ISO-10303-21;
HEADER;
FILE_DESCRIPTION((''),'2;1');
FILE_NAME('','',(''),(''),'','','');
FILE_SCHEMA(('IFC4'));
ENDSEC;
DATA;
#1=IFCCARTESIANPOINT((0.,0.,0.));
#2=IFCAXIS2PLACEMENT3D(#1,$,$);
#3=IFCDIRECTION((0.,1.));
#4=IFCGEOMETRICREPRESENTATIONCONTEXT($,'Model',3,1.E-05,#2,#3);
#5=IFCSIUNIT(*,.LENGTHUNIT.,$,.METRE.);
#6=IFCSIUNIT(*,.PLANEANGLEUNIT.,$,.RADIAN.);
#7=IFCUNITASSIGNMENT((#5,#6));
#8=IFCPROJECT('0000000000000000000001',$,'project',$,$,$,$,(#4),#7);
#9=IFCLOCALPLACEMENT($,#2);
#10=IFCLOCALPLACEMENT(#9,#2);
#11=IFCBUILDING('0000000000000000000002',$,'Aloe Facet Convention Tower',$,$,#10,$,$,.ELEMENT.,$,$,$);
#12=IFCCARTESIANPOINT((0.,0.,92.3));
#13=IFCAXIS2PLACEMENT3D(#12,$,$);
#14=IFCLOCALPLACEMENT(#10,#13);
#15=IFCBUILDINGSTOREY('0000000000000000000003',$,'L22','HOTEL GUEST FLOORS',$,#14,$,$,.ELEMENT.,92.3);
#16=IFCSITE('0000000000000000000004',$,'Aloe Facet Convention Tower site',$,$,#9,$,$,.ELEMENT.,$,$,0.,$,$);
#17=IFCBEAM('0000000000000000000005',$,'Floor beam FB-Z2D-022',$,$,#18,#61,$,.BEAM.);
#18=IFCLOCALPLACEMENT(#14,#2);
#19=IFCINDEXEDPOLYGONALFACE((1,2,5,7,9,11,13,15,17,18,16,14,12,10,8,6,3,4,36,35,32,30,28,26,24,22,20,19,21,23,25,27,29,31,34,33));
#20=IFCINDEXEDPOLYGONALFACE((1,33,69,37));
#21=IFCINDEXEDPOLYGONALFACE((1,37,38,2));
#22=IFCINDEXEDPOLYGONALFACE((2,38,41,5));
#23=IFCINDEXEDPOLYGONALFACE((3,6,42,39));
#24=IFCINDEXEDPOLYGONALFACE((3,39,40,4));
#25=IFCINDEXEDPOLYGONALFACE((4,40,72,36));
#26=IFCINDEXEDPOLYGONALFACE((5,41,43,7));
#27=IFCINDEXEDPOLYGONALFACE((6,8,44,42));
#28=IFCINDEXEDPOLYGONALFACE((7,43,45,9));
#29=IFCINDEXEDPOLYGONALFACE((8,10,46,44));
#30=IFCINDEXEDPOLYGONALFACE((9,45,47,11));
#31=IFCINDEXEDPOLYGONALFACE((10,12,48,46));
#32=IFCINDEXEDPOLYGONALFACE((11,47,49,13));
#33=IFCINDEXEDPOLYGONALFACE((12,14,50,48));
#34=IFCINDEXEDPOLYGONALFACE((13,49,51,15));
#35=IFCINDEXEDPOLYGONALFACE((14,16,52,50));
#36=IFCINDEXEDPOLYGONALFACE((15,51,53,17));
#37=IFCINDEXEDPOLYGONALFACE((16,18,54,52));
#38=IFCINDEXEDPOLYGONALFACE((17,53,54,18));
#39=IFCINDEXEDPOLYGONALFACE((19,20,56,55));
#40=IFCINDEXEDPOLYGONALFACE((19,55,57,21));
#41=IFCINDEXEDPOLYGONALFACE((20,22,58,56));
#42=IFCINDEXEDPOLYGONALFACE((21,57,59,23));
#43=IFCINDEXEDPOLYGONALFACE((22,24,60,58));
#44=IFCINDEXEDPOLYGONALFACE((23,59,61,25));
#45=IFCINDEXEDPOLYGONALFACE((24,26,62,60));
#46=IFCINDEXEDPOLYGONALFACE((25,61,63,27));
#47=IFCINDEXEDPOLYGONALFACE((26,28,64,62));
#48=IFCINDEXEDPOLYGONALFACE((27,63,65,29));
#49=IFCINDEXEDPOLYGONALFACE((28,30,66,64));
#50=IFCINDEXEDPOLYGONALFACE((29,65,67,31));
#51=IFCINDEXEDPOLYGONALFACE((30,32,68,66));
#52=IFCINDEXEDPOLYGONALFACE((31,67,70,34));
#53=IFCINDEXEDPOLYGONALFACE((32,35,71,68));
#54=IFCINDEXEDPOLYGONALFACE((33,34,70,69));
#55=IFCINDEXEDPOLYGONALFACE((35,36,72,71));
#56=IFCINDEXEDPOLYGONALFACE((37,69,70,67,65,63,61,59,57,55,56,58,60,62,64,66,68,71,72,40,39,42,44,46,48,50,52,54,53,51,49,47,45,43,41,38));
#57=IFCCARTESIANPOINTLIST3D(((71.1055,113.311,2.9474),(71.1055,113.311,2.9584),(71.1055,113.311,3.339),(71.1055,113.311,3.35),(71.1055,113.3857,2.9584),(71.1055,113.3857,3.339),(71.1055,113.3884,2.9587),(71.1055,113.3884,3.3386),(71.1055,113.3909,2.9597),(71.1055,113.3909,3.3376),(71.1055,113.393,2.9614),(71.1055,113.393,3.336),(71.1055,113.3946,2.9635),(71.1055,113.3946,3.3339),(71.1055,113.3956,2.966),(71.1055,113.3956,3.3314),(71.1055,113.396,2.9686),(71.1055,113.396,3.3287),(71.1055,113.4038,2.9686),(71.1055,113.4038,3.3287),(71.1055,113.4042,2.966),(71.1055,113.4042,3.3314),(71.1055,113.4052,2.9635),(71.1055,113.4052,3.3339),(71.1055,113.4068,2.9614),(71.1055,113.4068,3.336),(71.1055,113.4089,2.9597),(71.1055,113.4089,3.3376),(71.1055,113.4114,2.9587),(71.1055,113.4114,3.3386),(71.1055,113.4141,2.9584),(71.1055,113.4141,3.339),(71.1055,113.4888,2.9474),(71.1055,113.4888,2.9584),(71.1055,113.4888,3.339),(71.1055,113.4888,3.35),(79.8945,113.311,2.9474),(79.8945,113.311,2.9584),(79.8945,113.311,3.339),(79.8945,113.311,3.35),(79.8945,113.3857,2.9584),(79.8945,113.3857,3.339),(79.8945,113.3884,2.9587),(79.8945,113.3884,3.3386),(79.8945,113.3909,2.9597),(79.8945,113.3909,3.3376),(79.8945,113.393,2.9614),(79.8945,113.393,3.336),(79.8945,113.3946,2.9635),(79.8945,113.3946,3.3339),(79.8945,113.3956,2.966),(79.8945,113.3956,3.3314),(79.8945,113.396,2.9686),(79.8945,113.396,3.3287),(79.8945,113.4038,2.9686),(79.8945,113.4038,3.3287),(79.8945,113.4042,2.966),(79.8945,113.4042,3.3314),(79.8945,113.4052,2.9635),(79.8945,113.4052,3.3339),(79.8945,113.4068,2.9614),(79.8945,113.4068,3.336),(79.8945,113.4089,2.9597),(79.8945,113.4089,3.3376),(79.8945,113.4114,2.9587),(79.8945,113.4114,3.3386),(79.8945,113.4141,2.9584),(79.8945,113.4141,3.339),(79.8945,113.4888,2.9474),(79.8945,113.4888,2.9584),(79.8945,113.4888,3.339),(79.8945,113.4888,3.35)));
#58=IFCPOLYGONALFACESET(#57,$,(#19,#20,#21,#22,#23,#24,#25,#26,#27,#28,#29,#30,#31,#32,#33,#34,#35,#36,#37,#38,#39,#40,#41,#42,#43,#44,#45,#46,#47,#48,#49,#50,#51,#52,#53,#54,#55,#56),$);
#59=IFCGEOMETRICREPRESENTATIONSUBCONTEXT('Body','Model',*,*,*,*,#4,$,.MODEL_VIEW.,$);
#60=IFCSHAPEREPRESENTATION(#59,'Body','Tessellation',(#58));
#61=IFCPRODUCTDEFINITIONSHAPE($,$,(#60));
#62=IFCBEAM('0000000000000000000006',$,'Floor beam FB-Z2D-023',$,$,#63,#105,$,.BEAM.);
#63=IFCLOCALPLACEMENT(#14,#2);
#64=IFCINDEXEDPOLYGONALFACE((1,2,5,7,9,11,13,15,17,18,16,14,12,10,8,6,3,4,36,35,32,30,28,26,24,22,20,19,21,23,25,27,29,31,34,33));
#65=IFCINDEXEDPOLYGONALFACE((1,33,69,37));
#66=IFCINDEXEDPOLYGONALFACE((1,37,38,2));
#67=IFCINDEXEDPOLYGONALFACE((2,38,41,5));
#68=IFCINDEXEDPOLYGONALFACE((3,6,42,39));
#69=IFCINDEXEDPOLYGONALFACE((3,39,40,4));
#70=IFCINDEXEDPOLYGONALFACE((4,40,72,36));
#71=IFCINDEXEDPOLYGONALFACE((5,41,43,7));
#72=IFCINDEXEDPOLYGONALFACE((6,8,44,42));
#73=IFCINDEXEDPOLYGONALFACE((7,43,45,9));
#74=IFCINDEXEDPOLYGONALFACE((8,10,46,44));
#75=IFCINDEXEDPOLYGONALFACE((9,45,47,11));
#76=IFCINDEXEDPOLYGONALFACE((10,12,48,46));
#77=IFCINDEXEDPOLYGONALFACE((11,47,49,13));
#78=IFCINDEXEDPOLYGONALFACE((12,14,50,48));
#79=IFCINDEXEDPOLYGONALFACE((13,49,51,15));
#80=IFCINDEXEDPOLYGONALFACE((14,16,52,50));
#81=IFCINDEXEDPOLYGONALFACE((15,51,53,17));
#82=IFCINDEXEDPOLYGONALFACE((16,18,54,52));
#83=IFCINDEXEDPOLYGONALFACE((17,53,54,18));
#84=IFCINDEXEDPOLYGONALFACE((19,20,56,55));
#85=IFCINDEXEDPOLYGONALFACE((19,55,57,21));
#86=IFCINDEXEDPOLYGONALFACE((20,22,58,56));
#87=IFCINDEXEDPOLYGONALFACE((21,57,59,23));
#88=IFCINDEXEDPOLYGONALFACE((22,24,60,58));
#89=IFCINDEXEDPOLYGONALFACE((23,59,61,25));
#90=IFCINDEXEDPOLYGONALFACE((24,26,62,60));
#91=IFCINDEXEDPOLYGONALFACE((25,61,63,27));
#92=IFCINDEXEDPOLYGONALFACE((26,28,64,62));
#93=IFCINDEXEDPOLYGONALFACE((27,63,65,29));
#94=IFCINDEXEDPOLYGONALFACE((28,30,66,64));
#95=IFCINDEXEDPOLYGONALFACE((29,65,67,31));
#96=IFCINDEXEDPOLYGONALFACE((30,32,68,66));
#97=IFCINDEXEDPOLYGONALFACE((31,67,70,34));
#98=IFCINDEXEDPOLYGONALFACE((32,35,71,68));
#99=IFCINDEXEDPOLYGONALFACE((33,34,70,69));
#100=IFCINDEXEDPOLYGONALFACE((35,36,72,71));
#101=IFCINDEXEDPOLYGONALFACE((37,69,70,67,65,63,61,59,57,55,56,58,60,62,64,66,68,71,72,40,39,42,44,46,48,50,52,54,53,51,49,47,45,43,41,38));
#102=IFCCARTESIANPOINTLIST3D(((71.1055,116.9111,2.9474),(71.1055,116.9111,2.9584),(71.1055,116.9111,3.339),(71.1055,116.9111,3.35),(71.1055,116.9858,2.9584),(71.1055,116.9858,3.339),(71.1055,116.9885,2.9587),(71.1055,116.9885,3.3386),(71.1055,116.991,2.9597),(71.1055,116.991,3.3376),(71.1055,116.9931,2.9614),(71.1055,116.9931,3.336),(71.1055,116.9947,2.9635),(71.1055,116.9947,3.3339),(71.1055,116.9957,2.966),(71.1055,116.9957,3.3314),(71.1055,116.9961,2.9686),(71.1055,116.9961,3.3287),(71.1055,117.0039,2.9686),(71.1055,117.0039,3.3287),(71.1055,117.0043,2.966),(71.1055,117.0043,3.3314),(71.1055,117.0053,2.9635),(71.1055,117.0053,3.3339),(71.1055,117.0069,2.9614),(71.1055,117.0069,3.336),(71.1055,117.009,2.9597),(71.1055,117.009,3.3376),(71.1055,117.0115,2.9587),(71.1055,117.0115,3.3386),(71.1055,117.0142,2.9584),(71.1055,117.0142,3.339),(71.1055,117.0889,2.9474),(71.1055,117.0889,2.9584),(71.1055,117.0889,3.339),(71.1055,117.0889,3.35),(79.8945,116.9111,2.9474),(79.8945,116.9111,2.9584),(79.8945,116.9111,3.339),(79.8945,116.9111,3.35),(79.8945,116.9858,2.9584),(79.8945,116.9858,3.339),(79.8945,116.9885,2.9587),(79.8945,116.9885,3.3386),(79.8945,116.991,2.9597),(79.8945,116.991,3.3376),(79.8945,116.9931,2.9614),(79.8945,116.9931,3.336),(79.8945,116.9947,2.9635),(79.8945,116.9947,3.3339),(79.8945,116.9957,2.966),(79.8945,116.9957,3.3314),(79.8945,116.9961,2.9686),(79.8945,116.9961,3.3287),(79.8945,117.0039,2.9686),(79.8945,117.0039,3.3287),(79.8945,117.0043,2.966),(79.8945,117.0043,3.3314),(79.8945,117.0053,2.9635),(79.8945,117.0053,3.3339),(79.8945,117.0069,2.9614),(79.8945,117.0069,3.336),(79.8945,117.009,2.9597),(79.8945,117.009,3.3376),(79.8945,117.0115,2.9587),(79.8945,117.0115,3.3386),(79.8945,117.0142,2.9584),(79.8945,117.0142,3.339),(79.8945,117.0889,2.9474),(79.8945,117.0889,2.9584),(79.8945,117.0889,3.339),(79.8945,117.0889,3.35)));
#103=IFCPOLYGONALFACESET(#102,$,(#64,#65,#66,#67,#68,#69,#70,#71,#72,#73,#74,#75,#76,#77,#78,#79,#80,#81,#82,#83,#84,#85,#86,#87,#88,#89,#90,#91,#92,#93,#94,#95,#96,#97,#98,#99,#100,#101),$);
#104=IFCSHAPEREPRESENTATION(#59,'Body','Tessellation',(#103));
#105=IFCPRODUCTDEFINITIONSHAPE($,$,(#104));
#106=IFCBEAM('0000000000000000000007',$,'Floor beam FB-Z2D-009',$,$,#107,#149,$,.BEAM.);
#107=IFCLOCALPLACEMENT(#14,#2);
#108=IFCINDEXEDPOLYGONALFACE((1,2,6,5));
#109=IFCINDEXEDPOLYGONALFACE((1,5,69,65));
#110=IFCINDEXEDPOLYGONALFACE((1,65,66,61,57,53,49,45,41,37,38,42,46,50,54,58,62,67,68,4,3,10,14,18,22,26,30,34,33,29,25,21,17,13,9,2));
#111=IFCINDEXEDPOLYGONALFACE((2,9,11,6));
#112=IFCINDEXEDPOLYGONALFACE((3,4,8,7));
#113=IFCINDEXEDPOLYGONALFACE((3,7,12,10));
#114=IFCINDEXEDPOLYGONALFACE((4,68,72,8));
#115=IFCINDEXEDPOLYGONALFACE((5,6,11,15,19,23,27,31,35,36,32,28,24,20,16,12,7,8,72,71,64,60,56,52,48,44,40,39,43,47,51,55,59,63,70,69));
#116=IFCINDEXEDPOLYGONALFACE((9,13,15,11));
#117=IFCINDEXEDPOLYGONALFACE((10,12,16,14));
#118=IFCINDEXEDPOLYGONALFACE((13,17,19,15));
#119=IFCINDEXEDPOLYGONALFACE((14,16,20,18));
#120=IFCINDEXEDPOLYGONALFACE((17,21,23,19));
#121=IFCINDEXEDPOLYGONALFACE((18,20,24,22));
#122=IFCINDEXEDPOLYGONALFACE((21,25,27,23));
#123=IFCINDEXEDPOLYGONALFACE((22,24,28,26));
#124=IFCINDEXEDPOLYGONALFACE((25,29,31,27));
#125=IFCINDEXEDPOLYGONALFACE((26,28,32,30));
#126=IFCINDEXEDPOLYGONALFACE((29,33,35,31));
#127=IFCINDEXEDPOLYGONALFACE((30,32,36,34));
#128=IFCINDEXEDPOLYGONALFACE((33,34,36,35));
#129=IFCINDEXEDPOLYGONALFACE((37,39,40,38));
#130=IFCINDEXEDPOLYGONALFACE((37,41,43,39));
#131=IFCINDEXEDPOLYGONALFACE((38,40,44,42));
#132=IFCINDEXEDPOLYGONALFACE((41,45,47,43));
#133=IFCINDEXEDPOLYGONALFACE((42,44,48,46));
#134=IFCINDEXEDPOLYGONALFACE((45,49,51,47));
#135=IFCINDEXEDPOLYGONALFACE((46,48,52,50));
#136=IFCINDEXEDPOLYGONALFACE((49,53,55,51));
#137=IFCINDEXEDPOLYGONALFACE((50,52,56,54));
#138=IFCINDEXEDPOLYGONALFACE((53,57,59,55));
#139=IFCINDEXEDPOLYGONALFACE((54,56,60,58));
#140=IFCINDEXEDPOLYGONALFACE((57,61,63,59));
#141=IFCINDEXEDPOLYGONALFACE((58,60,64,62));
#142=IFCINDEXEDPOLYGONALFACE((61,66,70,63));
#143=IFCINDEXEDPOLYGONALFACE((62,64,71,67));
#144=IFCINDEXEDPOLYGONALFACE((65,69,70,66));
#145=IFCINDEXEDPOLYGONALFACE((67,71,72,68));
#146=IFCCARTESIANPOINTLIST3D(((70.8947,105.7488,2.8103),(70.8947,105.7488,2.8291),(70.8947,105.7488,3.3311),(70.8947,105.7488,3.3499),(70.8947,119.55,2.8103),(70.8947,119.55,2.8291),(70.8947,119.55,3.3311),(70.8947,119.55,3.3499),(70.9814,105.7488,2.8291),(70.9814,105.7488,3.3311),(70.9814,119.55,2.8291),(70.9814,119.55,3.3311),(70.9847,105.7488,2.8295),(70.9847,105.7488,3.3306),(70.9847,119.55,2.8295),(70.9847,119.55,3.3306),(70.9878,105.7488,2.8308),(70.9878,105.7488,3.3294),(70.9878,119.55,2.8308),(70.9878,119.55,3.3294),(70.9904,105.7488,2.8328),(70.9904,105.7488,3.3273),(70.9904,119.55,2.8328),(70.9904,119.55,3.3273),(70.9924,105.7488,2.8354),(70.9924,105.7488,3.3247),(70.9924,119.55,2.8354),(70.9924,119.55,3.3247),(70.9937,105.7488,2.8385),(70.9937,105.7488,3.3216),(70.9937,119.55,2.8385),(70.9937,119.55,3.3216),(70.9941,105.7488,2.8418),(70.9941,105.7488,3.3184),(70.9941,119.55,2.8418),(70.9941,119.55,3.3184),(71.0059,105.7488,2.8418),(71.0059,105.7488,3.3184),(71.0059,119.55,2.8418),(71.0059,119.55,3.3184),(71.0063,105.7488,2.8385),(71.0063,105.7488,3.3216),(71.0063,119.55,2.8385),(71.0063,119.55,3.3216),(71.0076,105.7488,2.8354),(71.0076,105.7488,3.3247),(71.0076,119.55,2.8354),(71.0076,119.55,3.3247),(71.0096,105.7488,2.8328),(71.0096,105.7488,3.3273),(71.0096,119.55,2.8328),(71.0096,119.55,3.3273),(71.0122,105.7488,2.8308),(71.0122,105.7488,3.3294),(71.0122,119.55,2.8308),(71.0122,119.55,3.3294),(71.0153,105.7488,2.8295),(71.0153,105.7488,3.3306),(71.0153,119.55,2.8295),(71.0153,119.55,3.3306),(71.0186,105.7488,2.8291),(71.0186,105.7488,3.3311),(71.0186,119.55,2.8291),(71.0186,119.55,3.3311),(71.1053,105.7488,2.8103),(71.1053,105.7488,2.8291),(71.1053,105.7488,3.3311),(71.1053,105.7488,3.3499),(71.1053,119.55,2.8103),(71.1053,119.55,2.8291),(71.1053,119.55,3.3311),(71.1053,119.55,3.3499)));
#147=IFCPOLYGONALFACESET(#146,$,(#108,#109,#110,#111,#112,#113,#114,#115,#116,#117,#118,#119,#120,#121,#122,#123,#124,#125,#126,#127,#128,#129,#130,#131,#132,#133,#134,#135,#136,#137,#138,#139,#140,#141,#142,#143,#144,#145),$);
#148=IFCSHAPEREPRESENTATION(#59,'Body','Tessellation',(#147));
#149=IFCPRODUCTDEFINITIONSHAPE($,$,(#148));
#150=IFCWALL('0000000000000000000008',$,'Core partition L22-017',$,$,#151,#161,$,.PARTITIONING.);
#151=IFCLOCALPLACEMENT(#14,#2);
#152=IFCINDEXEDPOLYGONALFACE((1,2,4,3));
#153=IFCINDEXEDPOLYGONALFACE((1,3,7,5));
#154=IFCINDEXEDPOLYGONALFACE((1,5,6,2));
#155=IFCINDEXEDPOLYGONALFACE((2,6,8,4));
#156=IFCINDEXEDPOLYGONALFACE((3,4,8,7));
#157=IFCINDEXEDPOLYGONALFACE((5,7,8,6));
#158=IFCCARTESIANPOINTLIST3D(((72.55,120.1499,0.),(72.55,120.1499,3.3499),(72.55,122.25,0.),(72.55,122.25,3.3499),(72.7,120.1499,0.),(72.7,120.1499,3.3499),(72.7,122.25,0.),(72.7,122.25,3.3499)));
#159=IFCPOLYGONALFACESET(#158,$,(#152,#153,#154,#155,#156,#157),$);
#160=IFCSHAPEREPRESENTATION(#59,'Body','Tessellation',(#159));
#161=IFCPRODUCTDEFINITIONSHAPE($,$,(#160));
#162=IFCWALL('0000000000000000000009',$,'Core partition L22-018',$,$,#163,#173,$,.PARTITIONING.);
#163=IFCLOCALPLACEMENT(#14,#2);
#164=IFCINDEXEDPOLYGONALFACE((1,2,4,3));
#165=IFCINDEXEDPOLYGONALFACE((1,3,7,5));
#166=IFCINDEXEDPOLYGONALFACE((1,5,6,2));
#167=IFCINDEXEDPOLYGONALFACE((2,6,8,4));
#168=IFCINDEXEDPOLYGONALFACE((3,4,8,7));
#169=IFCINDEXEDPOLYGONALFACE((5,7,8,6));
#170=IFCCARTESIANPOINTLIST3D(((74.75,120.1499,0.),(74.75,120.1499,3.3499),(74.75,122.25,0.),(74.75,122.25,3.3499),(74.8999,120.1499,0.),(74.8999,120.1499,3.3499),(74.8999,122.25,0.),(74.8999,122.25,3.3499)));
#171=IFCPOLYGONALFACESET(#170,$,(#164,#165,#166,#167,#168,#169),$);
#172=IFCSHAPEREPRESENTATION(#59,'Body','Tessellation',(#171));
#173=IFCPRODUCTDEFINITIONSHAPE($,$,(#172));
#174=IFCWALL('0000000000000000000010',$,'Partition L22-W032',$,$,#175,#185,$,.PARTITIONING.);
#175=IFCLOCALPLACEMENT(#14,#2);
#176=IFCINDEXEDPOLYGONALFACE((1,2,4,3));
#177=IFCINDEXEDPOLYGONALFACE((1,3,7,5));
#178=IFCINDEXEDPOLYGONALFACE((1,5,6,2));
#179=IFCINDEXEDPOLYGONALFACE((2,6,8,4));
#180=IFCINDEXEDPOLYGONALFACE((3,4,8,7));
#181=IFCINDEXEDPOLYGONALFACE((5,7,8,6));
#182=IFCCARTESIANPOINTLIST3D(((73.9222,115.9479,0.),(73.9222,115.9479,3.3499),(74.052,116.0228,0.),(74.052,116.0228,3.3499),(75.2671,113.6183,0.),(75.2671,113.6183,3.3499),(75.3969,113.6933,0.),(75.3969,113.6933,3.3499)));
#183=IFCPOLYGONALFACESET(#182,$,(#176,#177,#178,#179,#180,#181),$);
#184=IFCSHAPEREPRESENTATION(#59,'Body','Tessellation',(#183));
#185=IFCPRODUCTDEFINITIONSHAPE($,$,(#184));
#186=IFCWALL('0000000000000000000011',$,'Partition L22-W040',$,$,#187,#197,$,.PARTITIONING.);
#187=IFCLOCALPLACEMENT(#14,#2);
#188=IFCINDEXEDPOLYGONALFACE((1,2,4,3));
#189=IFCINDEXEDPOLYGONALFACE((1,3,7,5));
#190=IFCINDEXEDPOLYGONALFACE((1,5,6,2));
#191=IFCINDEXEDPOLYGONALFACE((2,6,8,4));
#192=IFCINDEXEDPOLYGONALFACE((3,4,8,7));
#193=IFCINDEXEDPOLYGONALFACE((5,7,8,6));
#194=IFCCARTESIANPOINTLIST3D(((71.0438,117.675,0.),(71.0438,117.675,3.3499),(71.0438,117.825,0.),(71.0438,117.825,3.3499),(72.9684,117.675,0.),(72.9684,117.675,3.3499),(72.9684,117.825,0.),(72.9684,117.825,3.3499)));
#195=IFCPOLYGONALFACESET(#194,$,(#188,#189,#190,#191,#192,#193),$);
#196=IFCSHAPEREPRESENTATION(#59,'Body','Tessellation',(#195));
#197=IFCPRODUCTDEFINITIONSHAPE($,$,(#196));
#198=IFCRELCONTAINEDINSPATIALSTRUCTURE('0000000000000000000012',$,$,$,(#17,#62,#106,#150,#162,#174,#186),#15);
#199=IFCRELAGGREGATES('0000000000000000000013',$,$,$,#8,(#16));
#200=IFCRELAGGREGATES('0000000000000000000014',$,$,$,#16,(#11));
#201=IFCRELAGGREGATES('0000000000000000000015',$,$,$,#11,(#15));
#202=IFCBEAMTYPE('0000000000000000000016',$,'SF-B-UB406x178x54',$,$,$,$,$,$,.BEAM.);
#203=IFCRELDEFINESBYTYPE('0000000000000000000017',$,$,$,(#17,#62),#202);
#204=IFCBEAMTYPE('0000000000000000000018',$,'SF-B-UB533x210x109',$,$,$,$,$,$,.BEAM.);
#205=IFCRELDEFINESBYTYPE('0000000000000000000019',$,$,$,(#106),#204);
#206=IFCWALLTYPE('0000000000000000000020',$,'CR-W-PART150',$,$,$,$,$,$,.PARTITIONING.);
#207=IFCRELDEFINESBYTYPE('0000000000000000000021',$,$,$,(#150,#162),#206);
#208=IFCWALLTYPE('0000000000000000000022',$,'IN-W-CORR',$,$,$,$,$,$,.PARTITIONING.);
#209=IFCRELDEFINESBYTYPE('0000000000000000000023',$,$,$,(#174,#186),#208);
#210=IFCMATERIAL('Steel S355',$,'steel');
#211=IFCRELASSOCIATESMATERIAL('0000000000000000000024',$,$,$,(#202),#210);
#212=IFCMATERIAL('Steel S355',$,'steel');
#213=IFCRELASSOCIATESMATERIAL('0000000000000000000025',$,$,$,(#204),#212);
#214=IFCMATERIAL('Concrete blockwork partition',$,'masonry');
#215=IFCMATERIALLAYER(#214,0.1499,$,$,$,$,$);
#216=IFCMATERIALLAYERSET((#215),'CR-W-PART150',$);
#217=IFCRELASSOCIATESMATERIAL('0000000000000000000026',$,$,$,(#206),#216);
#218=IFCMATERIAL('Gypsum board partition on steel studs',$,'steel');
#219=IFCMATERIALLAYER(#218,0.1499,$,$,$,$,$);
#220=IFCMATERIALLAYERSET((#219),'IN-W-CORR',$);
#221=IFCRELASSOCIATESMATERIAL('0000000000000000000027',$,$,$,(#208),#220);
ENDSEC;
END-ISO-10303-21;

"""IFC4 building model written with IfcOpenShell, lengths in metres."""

from ifc_helpers import new_model, si_unit, direction, frame, frame_2d, origin, origin_2d, place, context, subcontext, project, spatial, rectangle, i_section, extrude, material, layer, layer_set, material_profile, profile_set, type_object, element, save


model = new_model("IFC4")

# Units and contexts
model_context = context("Model", 3, precision=1e-05, world=origin(), true_north=direction((0.0, 1.0)))
body_context = subcontext(model_context, "Body", "Model", "MODEL_VIEW")
ifc_project = project(units=[si_unit("LENGTHUNIT", "METRE"), si_unit("PLANEANGLEUNIT", "RADIAN")], contexts=[model_context])

# Site, building, storey
site_placement = place(None, origin())
site = spatial("IfcSite", under=ifc_project, at=site_placement, Name="Aloe Facet Convention Tower site", CompositionType="ELEMENT", RefElevation=0.0)
building_placement = place(site_placement, origin())
building = spatial("IfcBuilding", under=site, at=building_placement, Name="Aloe Facet Convention Tower", CompositionType="ELEMENT")
storey_placement = place(building_placement, frame((0.0, 0.0, 92.3)))
storey = spatial("IfcBuildingStorey", under=building, at=storey_placement, Name="L22", Description="HOTEL GUEST FLOORS", CompositionType="ELEMENT", Elevation=92.3)

# Beams
ifc_material_1 = material(Name="Steel S355", Category="steel")
ifc_material_profile_1 = material_profile(ifc_material_1, i_section(OverallWidth=0.1777, OverallDepth=0.4026, WebThickness=0.0078, FlangeThickness=0.011, FilletRadius=0.0103, at=origin_2d()), Name="UB 406x178x54")
ifc_profile_set_1 = profile_set([ifc_material_profile_1], Name="Steel S355")
beam_type_1 = type_object("IfcBeamType", Name="SF-B-UB406x178x54", PredefinedType="BEAM", material=ifc_profile_set_1)
for number, where, z_axis, x_axis, name in (
    (1, (71.1055, 113.3999, 3.1487), (1.0, 0.0, 0.0), (0.0, 1.0, 0.0), "Floor beam FB-Z2D-022"),
    (2, (71.1055, 117.0, 3.1487), (1.0, 0.0, 0.0), (0.0, 1.0, 0.0), "Floor beam FB-Z2D-023"),
):
    element("IfcBeam", number, at=place(storey_placement, frame(where, z_axis=z_axis, x_axis=x_axis)), inside=storey, type_object=beam_type_1, Name=name, PredefinedType="BEAM", context=body_context, shape_type="SweptSolid", body=[
        extrude(i_section(OverallWidth=0.1777, OverallDepth=0.4026, WebThickness=0.0078, FlangeThickness=0.011, FilletRadius=0.0103, at=origin_2d()), origin(), (0.0, 0.0, 1.0), 8.7891),
    ])
ifc_material_2 = material(Name="Steel S355", Category="steel")
ifc_material_profile_2 = material_profile(ifc_material_2, i_section(OverallWidth=0.2107, OverallDepth=0.5396, WebThickness=0.0117, FlangeThickness=0.0188, FilletRadius=0.0127, at=origin_2d()), Name="UB 533x210x109")
ifc_profile_set_2 = profile_set([ifc_material_profile_2], Name="Steel S355")
beam_type_2 = type_object("IfcBeamType", Name="SF-B-UB533x210x109", PredefinedType="BEAM", material=ifc_profile_set_2)
beam_placement = place(storey_placement, frame((71.0, 119.55, 3.0801), z_axis=(0.0, -1.0, 0.0), x_axis=(1.0, 0.0, 0.0)))
element("IfcBeam", 3, at=beam_placement, inside=storey, type_object=beam_type_2, Name="Floor beam FB-Z2D-009", PredefinedType="BEAM", context=body_context, shape_type="SweptSolid", body=[
    extrude(i_section(OverallWidth=0.2107, OverallDepth=0.5396, WebThickness=0.0117, FlangeThickness=0.0188, FilletRadius=0.0127, at=origin_2d()), origin(), (0.0, 0.0, 1.0), 13.8013),
])

# Walls
ifc_material_3 = material(Name="Concrete blockwork partition", Category="masonry")
ifc_layer_1 = layer(ifc_material_3, 0.1499)
ifc_layer_set_1 = layer_set([ifc_layer_1], Name="CR-W-PART150")
wall_type_1 = type_object("IfcWallType", Name="CR-W-PART150", PredefinedType="PARTITIONING", material=ifc_layer_set_1)
for number, where, z_axis, x_axis, name in (
    (4, (72.625, 122.25, 0.0), (0.0, 0.0, 1.0), (0.0, -1.0, 0.0), "Core partition L22-017"),
    (5, (74.825, 122.25, 0.0), (0.0, 0.0, 1.0), (0.0, -1.0, 0.0), "Core partition L22-018"),
):
    element("IfcWall", number, at=place(storey_placement, frame(where, z_axis=z_axis, x_axis=x_axis)), inside=storey, type_object=wall_type_1, Name=name, PredefinedType="PARTITIONING", context=body_context, shape_type="SweptSolid", body=[
        extrude(rectangle(XDim=2.1001, YDim=0.1499, at=frame_2d((1.05, 0.0))), origin(), (0.0, 0.0, 1.0), 3.3499),
    ])
ifc_material_4 = material(Name="Gypsum board partition on steel studs", Category="steel")
ifc_layer_2 = layer(ifc_material_4, 0.1499)
ifc_layer_set_2 = layer_set([ifc_layer_2], Name="IN-W-CORR")
wall_type_2 = type_object("IfcWallType", Name="IN-W-CORR", PredefinedType="PARTITIONING", material=ifc_layer_set_2)
wall_1_placement = place(storey_placement, frame((73.9871, 115.9854, 0.0), z_axis=(0.0, 0.0, 1.0), x_axis=(0.499995, -0.866028, 0.0)))
element("IfcWall", 6, at=wall_1_placement, inside=storey, type_object=wall_type_2, Name="Partition L22-W032", PredefinedType="PARTITIONING", context=body_context, shape_type="SweptSolid", body=[
    extrude(rectangle(XDim=2.6899, YDim=0.1499, at=frame_2d((1.345, 0.0))), origin(), (0.0, 0.0, 1.0), 3.3499),
])
wall_2_placement = place(storey_placement, frame((71.0437, 117.75, 0.0), z_axis=(0.0, 0.0, 1.0), x_axis=(1.0, 0.0, 0.0)))
element("IfcWall", 7, at=wall_2_placement, inside=storey, type_object=wall_type_2, Name="Partition L22-W040", PredefinedType="PARTITIONING", context=body_context, shape_type="SweptSolid", body=[
    extrude(rectangle(XDim=1.9246, YDim=0.1499, at=frame_2d((0.9624, 0.0))), origin(), (0.0, 0.0, 1.0), 3.3499),
])

save(model, "model.ifc")
